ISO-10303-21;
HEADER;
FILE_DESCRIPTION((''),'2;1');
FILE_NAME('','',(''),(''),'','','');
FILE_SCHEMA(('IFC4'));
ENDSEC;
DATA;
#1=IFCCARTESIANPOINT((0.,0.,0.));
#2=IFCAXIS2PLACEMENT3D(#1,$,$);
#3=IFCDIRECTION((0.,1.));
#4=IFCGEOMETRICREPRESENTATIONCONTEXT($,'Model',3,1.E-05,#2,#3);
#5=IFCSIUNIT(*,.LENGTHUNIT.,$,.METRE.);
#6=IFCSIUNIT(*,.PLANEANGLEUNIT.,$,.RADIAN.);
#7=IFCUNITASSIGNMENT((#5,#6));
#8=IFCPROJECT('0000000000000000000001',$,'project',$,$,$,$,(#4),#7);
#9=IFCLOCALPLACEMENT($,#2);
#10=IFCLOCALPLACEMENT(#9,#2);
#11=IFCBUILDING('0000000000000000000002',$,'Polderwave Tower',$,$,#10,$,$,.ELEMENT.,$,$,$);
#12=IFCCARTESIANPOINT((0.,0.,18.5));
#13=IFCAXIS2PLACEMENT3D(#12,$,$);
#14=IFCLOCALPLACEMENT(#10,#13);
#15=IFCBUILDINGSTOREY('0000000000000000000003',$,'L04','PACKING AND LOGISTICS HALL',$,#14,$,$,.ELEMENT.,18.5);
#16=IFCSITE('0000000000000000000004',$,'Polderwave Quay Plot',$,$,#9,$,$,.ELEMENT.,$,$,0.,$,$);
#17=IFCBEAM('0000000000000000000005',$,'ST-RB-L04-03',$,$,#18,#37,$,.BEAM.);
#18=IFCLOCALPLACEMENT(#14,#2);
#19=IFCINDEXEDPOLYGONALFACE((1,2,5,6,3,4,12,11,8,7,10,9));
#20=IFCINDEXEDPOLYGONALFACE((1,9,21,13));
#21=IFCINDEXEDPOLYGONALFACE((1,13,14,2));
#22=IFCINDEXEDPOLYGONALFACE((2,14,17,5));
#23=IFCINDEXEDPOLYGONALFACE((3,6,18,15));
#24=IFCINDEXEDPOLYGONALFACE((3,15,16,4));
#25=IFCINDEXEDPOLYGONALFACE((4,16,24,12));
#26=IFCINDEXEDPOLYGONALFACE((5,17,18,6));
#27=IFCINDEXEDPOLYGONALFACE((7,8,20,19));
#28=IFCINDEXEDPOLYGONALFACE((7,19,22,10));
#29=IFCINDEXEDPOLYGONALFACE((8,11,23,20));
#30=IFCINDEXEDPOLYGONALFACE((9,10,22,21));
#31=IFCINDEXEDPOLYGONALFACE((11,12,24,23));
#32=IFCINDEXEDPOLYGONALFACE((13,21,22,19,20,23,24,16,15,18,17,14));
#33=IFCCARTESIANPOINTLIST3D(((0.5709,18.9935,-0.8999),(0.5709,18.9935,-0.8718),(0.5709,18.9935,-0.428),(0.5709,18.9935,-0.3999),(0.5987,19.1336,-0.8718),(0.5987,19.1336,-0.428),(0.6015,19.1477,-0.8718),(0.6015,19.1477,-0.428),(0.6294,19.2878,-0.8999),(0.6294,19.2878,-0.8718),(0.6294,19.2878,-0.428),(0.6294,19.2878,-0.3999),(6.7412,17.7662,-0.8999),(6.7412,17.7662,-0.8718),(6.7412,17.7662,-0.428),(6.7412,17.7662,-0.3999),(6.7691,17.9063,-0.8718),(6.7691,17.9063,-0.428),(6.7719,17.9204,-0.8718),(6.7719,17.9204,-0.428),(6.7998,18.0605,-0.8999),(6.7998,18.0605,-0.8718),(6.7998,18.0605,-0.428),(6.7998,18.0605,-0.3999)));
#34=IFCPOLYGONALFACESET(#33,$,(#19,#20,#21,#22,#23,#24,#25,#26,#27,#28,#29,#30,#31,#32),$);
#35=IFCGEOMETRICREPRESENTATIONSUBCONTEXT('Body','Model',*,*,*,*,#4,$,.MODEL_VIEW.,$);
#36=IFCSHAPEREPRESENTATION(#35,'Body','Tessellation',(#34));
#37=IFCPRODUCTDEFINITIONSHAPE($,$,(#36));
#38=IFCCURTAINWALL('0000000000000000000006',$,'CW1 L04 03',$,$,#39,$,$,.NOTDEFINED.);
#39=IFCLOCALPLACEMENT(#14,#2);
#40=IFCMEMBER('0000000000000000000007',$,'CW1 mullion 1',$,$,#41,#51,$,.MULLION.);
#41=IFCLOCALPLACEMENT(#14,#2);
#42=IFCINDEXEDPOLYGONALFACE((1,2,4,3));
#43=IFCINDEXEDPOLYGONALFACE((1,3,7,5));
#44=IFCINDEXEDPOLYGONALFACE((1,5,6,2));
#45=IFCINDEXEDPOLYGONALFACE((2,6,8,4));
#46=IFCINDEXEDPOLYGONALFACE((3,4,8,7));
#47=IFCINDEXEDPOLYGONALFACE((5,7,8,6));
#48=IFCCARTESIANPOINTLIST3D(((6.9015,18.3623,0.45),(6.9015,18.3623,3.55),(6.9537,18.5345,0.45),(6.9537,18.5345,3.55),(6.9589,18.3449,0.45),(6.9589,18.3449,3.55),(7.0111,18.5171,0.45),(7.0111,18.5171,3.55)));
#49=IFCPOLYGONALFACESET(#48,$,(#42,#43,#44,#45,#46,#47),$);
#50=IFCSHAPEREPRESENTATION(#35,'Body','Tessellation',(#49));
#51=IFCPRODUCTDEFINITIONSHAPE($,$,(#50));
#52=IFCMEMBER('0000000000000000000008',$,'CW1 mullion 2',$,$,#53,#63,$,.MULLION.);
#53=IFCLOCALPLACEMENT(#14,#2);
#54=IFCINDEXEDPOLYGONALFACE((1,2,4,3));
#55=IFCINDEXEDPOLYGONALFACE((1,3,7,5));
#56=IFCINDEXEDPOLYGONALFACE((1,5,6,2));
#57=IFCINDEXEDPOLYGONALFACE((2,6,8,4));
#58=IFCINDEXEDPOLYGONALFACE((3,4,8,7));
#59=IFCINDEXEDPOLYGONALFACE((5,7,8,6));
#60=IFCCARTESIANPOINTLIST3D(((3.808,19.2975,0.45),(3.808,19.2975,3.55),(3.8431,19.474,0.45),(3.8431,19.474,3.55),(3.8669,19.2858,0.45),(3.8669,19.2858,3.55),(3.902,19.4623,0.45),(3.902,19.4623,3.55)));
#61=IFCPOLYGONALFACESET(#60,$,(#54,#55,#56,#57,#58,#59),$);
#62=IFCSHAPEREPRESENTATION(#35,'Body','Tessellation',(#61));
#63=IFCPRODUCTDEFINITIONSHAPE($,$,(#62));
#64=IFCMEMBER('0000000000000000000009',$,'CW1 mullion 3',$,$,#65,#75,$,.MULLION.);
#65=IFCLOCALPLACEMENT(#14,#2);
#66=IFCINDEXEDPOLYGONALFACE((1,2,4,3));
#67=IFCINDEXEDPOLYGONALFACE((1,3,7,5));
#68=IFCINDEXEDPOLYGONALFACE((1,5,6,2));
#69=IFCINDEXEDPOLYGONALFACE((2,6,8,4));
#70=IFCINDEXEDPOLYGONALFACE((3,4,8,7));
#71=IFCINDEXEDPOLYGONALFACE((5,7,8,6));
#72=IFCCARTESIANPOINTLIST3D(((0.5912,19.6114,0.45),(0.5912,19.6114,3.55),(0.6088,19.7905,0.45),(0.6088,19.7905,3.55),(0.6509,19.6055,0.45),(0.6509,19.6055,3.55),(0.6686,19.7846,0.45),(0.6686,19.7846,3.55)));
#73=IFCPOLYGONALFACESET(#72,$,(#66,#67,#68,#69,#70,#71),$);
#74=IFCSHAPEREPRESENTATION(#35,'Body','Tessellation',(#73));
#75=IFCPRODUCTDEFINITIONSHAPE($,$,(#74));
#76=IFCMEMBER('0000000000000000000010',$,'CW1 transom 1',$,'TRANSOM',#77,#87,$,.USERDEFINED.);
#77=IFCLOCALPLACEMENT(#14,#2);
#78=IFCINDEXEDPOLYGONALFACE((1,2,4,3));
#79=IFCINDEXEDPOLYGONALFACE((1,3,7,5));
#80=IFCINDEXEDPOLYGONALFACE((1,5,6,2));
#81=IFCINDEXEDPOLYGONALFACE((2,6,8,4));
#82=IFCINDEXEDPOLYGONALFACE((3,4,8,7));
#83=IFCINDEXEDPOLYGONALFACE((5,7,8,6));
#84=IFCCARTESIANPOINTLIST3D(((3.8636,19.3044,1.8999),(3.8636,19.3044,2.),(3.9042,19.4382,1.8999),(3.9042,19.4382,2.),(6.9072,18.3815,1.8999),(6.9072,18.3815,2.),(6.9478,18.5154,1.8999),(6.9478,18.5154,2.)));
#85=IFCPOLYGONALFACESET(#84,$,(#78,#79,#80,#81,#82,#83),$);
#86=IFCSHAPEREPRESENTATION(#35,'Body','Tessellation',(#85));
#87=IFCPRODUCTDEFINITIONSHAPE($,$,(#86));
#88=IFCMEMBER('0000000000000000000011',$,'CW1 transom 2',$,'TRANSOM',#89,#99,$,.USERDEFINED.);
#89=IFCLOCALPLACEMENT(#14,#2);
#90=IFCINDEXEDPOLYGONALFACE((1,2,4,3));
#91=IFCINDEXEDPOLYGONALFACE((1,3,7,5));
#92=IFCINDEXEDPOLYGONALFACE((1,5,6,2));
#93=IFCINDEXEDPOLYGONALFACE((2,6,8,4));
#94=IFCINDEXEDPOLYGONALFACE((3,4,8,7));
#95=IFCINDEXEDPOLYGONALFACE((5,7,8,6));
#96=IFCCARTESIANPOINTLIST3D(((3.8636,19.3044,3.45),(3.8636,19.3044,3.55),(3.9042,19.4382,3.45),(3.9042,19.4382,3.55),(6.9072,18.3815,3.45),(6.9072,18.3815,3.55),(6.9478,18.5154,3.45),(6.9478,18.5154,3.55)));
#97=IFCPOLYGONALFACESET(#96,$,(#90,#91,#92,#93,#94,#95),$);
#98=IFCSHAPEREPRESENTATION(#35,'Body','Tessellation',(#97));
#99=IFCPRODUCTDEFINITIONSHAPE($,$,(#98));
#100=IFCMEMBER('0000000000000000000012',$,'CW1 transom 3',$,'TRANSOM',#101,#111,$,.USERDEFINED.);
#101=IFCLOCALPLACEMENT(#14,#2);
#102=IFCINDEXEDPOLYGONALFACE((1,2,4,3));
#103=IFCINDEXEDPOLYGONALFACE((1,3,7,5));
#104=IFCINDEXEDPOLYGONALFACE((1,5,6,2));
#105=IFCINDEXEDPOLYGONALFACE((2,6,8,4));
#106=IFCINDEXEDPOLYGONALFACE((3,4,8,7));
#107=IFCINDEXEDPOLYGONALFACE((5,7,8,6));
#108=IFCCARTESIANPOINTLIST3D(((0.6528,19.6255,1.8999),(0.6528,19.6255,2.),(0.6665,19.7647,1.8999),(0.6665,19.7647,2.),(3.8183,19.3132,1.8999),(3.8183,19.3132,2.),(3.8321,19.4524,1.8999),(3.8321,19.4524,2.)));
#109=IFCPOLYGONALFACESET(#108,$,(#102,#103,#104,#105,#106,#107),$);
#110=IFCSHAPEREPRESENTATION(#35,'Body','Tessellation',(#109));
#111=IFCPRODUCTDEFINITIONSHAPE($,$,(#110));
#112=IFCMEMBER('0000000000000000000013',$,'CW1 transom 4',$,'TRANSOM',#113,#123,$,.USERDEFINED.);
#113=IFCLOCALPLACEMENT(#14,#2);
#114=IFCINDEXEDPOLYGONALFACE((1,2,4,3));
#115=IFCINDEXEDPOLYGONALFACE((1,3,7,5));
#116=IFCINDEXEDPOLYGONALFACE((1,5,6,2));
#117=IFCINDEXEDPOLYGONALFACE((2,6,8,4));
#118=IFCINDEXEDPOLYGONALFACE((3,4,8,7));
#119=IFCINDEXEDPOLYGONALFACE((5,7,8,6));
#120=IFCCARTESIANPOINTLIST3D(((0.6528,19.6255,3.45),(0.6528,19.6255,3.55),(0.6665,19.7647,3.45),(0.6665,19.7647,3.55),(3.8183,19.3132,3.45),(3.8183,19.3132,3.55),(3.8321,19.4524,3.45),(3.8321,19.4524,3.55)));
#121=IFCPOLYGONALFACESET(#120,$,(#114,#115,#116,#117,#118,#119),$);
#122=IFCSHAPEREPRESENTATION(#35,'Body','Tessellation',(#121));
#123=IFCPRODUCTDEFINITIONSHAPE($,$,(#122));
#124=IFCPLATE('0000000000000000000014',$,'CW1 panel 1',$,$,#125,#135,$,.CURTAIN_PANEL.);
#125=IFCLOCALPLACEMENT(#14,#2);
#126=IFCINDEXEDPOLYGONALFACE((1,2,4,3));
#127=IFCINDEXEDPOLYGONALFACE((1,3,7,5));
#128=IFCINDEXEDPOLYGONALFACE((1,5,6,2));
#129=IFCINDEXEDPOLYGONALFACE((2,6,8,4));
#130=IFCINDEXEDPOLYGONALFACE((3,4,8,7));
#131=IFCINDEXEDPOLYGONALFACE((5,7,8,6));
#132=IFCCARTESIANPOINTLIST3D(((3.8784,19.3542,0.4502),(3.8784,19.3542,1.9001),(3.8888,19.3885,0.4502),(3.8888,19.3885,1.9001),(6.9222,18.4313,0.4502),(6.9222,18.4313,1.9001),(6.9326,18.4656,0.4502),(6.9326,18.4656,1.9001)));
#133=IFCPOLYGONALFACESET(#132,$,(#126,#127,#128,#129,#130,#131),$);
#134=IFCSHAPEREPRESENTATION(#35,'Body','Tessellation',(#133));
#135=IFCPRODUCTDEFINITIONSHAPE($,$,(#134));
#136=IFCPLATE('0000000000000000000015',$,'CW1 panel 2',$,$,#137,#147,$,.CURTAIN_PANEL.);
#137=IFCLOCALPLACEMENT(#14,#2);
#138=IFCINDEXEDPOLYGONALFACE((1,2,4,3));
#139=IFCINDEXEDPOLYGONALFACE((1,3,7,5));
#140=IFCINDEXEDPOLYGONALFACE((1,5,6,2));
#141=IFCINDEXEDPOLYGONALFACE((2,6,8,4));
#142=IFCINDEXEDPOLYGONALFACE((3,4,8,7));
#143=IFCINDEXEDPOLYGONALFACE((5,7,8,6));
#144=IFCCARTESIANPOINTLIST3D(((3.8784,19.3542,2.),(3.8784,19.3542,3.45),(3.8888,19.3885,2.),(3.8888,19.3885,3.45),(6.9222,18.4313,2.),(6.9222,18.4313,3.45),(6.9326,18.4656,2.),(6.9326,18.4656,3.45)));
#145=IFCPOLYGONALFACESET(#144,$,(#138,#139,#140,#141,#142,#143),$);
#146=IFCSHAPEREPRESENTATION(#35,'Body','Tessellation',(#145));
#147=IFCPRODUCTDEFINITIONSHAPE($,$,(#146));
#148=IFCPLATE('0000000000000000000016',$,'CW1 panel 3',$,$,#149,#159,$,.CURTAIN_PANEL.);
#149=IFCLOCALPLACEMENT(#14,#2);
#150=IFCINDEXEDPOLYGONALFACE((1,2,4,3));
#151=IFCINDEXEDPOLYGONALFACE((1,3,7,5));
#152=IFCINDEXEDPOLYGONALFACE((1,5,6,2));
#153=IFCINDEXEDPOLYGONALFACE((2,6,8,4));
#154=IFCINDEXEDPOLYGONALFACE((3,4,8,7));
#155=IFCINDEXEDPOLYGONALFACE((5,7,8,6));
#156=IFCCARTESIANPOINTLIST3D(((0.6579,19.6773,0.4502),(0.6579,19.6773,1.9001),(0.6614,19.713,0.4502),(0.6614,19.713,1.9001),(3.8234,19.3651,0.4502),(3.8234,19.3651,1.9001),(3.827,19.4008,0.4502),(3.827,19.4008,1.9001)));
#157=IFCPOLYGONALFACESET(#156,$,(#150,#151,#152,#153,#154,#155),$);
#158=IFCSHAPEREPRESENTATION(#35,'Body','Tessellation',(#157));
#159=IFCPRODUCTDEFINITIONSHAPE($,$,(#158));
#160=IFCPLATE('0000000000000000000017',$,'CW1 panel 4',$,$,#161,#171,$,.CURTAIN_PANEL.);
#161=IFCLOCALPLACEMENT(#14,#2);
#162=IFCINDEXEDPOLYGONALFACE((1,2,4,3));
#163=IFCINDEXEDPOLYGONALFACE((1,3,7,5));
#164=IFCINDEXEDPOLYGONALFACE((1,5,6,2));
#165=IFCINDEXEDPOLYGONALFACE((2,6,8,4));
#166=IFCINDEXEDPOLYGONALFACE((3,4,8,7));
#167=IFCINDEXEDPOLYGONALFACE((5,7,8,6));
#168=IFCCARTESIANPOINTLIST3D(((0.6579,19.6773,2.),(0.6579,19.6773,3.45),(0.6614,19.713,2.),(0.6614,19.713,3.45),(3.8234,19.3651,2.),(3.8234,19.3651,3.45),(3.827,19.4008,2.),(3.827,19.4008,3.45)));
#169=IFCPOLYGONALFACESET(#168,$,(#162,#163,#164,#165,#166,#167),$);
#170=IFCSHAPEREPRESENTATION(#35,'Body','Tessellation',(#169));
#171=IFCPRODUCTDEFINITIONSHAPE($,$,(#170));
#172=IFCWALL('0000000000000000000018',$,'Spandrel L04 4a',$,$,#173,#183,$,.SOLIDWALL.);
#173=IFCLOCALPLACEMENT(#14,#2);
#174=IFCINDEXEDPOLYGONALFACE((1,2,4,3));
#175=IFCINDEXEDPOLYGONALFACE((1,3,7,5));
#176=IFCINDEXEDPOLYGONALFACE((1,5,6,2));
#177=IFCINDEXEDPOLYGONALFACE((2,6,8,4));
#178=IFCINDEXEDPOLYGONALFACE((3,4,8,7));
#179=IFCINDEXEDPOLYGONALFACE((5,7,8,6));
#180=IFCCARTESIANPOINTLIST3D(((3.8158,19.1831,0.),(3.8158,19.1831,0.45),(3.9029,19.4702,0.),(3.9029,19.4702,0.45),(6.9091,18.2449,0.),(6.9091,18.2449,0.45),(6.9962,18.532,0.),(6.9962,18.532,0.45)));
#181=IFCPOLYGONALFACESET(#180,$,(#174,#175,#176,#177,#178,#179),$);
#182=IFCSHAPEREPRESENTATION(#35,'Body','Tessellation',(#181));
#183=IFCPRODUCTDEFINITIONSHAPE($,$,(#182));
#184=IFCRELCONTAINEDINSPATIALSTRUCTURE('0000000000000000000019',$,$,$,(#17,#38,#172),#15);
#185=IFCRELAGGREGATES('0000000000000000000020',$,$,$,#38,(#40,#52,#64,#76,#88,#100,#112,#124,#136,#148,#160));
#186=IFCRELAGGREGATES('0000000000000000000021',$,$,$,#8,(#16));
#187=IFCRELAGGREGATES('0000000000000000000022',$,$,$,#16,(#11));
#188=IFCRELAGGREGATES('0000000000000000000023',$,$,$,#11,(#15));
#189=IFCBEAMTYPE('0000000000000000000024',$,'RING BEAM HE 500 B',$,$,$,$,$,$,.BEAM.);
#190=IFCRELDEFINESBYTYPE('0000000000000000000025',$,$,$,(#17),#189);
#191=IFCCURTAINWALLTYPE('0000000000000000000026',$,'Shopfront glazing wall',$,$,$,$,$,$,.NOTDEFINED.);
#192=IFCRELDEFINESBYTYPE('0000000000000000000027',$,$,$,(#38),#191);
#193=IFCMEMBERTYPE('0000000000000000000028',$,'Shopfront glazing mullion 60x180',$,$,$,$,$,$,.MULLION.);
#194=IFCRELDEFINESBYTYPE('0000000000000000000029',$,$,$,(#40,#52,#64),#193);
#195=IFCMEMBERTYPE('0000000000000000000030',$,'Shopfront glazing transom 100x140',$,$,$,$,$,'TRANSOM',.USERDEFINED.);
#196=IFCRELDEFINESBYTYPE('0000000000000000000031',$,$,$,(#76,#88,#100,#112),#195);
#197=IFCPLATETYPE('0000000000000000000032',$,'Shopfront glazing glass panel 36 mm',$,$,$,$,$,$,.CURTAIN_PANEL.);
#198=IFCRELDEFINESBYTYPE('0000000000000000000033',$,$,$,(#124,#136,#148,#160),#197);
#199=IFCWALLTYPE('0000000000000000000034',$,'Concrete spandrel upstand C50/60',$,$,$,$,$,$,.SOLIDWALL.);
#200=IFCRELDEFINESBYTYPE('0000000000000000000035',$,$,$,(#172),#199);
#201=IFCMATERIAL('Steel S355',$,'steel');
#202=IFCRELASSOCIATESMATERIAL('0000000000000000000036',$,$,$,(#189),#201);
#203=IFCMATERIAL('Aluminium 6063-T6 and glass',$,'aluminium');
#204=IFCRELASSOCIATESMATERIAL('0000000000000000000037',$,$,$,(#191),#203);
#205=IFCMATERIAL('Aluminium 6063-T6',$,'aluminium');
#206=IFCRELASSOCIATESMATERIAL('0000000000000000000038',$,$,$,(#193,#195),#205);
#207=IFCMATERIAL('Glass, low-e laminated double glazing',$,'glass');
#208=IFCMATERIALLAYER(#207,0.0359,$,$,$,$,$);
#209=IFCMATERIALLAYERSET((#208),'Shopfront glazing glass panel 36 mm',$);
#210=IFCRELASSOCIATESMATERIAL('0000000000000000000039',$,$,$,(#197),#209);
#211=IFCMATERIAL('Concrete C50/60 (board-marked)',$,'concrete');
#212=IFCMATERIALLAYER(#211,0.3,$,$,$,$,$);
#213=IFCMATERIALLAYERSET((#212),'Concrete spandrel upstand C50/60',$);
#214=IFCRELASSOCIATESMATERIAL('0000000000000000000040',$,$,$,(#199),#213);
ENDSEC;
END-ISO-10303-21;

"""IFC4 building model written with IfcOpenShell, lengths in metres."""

from ifc_helpers import new_model, si_unit, direction, frame, frame_2d, origin, origin_2d, place, context, subcontext, project, spatial, rectangle, i_section, extrude, material, layer, layer_set, material_profile, profile_set, type_object, element, aggregate, save


model = new_model("IFC4")

# Units and contexts
model_context = context("Model", 3, precision=1e-05, world=origin(), true_north=direction((0.0, 1.0)))
body_context = subcontext(model_context, "Body", "Model", "MODEL_VIEW")
ifc_project = project(units=[si_unit("LENGTHUNIT", "METRE"), si_unit("PLANEANGLEUNIT", "RADIAN")], contexts=[model_context])

# Site, building, storey
site_placement = place(None, origin())
site = spatial("IfcSite", under=ifc_project, at=site_placement, Name="Polderwave Quay Plot", CompositionType="ELEMENT", RefElevation=0.0)
building_placement = place(site_placement, origin())
building = spatial("IfcBuilding", under=site, at=building_placement, Name="Polderwave Tower", CompositionType="ELEMENT")
storey_placement = place(building_placement, frame((0.0, 0.0, 18.5)))
storey = spatial("IfcBuildingStorey", under=building, at=storey_placement, Name="L04", Description="PACKING AND LOGISTICS HALL", CompositionType="ELEMENT", Elevation=18.5)

# Beam
ifc_material_1 = material(Name="Steel S355", Category="steel")
ifc_material_profile_1 = material_profile(ifc_material_1, i_section(OverallWidth=0.3, OverallDepth=0.5, WebThickness=0.0144, FlangeThickness=0.0281, at=origin_2d()), Name="HE 500 B")
ifc_profile_set_1 = profile_set([ifc_material_profile_1], Name="Steel S355")
beam_type = type_object("IfcBeamType", Name="RING BEAM HE 500 B", PredefinedType="BEAM", material=ifc_profile_set_1)
beam_placement = place(storey_placement, frame((6.7705, 17.9133, -0.6499), z_axis=(-0.980788, 0.195079, 0.0), x_axis=(-0.195079, -0.980788, 0.0)))
element("IfcBeam", 1, at=beam_placement, inside=storey, type_object=beam_type, Name="ST-RB-L04-03", PredefinedType="BEAM", context=body_context, shape_type="SweptSolid", body=[
    extrude(i_section(OverallWidth=0.3, OverallDepth=0.5, WebThickness=0.0144, FlangeThickness=0.0281, at=origin_2d()), origin(), (0.0, 0.0, 1.0), 6.2913),
])

# Curtain wall, members, plates
ifc_material_2 = material(Name="Aluminium 6063-T6 and glass", Category="aluminium")
curtain_wall_type = type_object("IfcCurtainWallType", Name="Shopfront glazing wall", PredefinedType="NOTDEFINED", material=ifc_material_2)
curtain_wall_placement = place(storey_placement, origin())
curtain_wall = element("IfcCurtainWall", 2, at=curtain_wall_placement, inside=storey, type_object=curtain_wall_type, Name="CW1 L04 03", PredefinedType="NOTDEFINED")
ifc_material_3 = material(Name="Aluminium 6063-T6", Category="aluminium")
ifc_material_profile_2 = material_profile(ifc_material_3, rectangle(XDim=0.1799, YDim=0.0601, at=origin_2d()), Name="AL 60x180")
ifc_profile_set_2 = profile_set([ifc_material_profile_2], Name="Aluminium 6063-T6")
member_type_1 = type_object("IfcMemberType", Name="Shopfront glazing mullion 60x180", PredefinedType="MULLION", material=ifc_profile_set_2)
member_1_placement = place(storey_placement, frame((6.9563, 18.4397, 0.45), z_axis=(0.0, 0.0, 1.0), x_axis=(-0.290151, -0.956981, 0.0)))
member_1 = element("IfcMember", 3, at=member_1_placement, type_object=member_type_1, Name="CW1 mullion 1", PredefinedType="MULLION", context=body_context, shape_type="SweptSolid", body=[
    extrude(rectangle(XDim=0.1799, YDim=0.0601, at=origin_2d()), origin(), (0.0, 0.0, 1.0), 3.1001),
])
member_2_placement = place(storey_placement, frame((3.855, 19.3799, 0.45), z_axis=(0.0, 0.0, 1.0), x_axis=(-0.195083, -0.980787, 0.0)))
member_2 = element("IfcMember", 4, at=member_2_placement, type_object=member_type_1, Name="CW1 mullion 2", PredefinedType="MULLION", context=body_context, shape_type="SweptSolid", body=[
    extrude(rectangle(XDim=0.1799, YDim=0.0601, at=origin_2d()), origin(), (0.0, 0.0, 1.0), 3.1001),
])
member_3_placement = place(storey_placement, frame((0.6299, 19.698, 0.45), z_axis=(0.0, 0.0, 1.0), x_axis=(-0.098142, -0.995172, 0.0)))
member_3 = element("IfcMember", 5, at=member_3_placement, type_object=member_type_1, Name="CW1 mullion 3", PredefinedType="MULLION", context=body_context, shape_type="SweptSolid", body=[
    extrude(rectangle(XDim=0.1799, YDim=0.0601, at=origin_2d()), origin(), (0.0, 0.0, 1.0), 3.1001),
])
ifc_material_profile_3 = material_profile(ifc_material_3, rectangle(XDim=0.1399, YDim=0.1001, at=origin_2d()), Name="AL 100x140")
ifc_profile_set_3 = profile_set([ifc_material_profile_3], Name="Aluminium 6063-T6")
member_type_2 = type_object("IfcMemberType", Name="Shopfront glazing transom 100x140", ElementType="TRANSOM", PredefinedType="USERDEFINED", material=ifc_profile_set_3)
member_4_placement = place(storey_placement, frame((6.9275, 18.4485, 1.95), z_axis=(-0.956979, 0.290157, 0.0), x_axis=(-0.290157, -0.956979, 0.0)))
member_4 = element("IfcMember", 6, at=member_4_placement, type_object=member_type_2, Name="CW1 transom 1", ObjectType="TRANSOM", PredefinedType="USERDEFINED", context=body_context, shape_type="SweptSolid", body=[
    extrude(rectangle(XDim=0.1399, YDim=0.1001, at=origin_2d()), origin(), (0.0, 0.0, 1.0), 3.1804),
])
member_5_placement = place(storey_placement, frame((6.9275, 18.4485, 3.5), z_axis=(-0.956979, 0.290157, 0.0), x_axis=(-0.290157, -0.956979, 0.0)))
member_5 = element("IfcMember", 7, at=member_5_placement, type_object=member_type_2, Name="CW1 transom 2", ObjectType="TRANSOM", PredefinedType="USERDEFINED", context=body_context, shape_type="SweptSolid", body=[
    extrude(rectangle(XDim=0.1399, YDim=0.1001, at=origin_2d()), origin(), (0.0, 0.0, 1.0), 3.1804),
])
member_6_placement = place(storey_placement, frame((3.8252, 19.3828, 1.95), z_axis=(-0.99517, 0.098166, 0.0), x_axis=(-0.098166, -0.99517, 0.0)))
member_6 = element("IfcMember", 8, at=member_6_placement, type_object=member_type_2, Name="CW1 transom 3", ObjectType="TRANSOM", PredefinedType="USERDEFINED", context=body_context, shape_type="SweptSolid", body=[
    extrude(rectangle(XDim=0.1399, YDim=0.1001, at=origin_2d()), origin(), (0.0, 0.0, 1.0), 3.1809),
])
member_7_placement = place(storey_placement, frame((3.8252, 19.3828, 3.5), z_axis=(-0.99517, 0.098166, 0.0), x_axis=(-0.098166, -0.99517, 0.0)))
member_7 = element("IfcMember", 9, at=member_7_placement, type_object=member_type_2, Name="CW1 transom 4", ObjectType="TRANSOM", PredefinedType="USERDEFINED", context=body_context, shape_type="SweptSolid", body=[
    extrude(rectangle(XDim=0.1399, YDim=0.1001, at=origin_2d()), origin(), (0.0, 0.0, 1.0), 3.1809),
])
ifc_material_4 = material(Name="Glass, low-e laminated double glazing", Category="glass")
ifc_layer_1 = layer(ifc_material_4, 0.0359)
ifc_layer_set_1 = layer_set([ifc_layer_1], Name="Shopfront glazing glass panel 36 mm")
plate_type = type_object("IfcPlateType", Name="Shopfront glazing glass panel 36 mm", PredefinedType="CURTAIN_PANEL", material=ifc_layer_set_1)
plate_1_placement = place(storey_placement, frame((5.4055, 18.9099, 0.4502), z_axis=(0.0, 0.0, 1.0), x_axis=(-0.956981, 0.290151, 0.0)))
plate_1 = element("IfcPlate", 10, at=plate_1_placement, type_object=plate_type, Name="CW1 panel 1", PredefinedType="CURTAIN_PANEL", context=body_context, shape_type="SweptSolid", body=[
    extrude(rectangle(XDim=3.1807, YDim=0.0359, at=origin_2d()), origin(), (0.0, 0.0, 1.0), 1.45),
])
plate_2_placement = place(storey_placement, frame((5.4055, 18.9099, 2.0), z_axis=(0.0, 0.0, 1.0), x_axis=(-0.956981, 0.290151, 0.0)))
plate_2 = element("IfcPlate", 11, at=plate_2_placement, type_object=plate_type, Name="CW1 panel 2", PredefinedType="CURTAIN_PANEL", context=body_context, shape_type="SweptSolid", body=[
    extrude(rectangle(XDim=3.1807, YDim=0.0359, at=origin_2d()), origin(), (0.0, 0.0, 1.0), 1.45),
])
plate_3_placement = place(storey_placement, frame((2.2424, 19.5391, 0.4502), z_axis=(0.0, 0.0, 1.0), x_axis=(-0.995172, 0.098142, 0.0)))
plate_3 = element("IfcPlate", 12, at=plate_3_placement, type_object=plate_type, Name="CW1 panel 3", PredefinedType="CURTAIN_PANEL", context=body_context, shape_type="SweptSolid", body=[
    extrude(rectangle(XDim=3.1809, YDim=0.0359, at=origin_2d()), origin(), (0.0, 0.0, 1.0), 1.45),
])
plate_4_placement = place(storey_placement, frame((2.2424, 19.5391, 2.0), z_axis=(0.0, 0.0, 1.0), x_axis=(-0.995172, 0.098142, 0.0)))
plate_4 = element("IfcPlate", 13, at=plate_4_placement, type_object=plate_type, Name="CW1 panel 4", PredefinedType="CURTAIN_PANEL", context=body_context, shape_type="SweptSolid", body=[
    extrude(rectangle(XDim=3.1809, YDim=0.0359, at=origin_2d()), origin(), (0.0, 0.0, 1.0), 1.45),
])
aggregate(curtain_wall, [member_1, member_2, member_3, member_4, member_5, member_6, member_7, plate_1, plate_2, plate_3, plate_4])

# Wall
ifc_material_5 = material(Name="Concrete C50/60 (board-marked)", Category="concrete")
ifc_layer_2 = layer(ifc_material_5, 0.3)
ifc_layer_set_2 = layer_set([ifc_layer_2], Name="Concrete spandrel upstand C50/60")
wall_type_1 = type_object("IfcWallType", Name="Concrete spandrel upstand C50/60", PredefinedType="SOLIDWALL", material=ifc_layer_set_2)
wall_1_placement = place(storey_placement, frame((6.9526, 18.3884, 0.0), z_axis=(0.0, 0.0, 1.0), x_axis=(-0.956949, 0.290257, 0.0)))
element("IfcWall", 14, at=wall_1_placement, inside=storey, type_object=wall_type_1, Name="Spandrel L04 4a", PredefinedType="SOLIDWALL", context=body_context, shape_type="SweptSolid", body=[
    extrude(rectangle(XDim=3.2324, YDim=0.3, at=frame_2d((1.6162, 0.0))), origin(), (0.0, 0.0, 1.0), 0.45),
])

save(model, "model.ifc")
